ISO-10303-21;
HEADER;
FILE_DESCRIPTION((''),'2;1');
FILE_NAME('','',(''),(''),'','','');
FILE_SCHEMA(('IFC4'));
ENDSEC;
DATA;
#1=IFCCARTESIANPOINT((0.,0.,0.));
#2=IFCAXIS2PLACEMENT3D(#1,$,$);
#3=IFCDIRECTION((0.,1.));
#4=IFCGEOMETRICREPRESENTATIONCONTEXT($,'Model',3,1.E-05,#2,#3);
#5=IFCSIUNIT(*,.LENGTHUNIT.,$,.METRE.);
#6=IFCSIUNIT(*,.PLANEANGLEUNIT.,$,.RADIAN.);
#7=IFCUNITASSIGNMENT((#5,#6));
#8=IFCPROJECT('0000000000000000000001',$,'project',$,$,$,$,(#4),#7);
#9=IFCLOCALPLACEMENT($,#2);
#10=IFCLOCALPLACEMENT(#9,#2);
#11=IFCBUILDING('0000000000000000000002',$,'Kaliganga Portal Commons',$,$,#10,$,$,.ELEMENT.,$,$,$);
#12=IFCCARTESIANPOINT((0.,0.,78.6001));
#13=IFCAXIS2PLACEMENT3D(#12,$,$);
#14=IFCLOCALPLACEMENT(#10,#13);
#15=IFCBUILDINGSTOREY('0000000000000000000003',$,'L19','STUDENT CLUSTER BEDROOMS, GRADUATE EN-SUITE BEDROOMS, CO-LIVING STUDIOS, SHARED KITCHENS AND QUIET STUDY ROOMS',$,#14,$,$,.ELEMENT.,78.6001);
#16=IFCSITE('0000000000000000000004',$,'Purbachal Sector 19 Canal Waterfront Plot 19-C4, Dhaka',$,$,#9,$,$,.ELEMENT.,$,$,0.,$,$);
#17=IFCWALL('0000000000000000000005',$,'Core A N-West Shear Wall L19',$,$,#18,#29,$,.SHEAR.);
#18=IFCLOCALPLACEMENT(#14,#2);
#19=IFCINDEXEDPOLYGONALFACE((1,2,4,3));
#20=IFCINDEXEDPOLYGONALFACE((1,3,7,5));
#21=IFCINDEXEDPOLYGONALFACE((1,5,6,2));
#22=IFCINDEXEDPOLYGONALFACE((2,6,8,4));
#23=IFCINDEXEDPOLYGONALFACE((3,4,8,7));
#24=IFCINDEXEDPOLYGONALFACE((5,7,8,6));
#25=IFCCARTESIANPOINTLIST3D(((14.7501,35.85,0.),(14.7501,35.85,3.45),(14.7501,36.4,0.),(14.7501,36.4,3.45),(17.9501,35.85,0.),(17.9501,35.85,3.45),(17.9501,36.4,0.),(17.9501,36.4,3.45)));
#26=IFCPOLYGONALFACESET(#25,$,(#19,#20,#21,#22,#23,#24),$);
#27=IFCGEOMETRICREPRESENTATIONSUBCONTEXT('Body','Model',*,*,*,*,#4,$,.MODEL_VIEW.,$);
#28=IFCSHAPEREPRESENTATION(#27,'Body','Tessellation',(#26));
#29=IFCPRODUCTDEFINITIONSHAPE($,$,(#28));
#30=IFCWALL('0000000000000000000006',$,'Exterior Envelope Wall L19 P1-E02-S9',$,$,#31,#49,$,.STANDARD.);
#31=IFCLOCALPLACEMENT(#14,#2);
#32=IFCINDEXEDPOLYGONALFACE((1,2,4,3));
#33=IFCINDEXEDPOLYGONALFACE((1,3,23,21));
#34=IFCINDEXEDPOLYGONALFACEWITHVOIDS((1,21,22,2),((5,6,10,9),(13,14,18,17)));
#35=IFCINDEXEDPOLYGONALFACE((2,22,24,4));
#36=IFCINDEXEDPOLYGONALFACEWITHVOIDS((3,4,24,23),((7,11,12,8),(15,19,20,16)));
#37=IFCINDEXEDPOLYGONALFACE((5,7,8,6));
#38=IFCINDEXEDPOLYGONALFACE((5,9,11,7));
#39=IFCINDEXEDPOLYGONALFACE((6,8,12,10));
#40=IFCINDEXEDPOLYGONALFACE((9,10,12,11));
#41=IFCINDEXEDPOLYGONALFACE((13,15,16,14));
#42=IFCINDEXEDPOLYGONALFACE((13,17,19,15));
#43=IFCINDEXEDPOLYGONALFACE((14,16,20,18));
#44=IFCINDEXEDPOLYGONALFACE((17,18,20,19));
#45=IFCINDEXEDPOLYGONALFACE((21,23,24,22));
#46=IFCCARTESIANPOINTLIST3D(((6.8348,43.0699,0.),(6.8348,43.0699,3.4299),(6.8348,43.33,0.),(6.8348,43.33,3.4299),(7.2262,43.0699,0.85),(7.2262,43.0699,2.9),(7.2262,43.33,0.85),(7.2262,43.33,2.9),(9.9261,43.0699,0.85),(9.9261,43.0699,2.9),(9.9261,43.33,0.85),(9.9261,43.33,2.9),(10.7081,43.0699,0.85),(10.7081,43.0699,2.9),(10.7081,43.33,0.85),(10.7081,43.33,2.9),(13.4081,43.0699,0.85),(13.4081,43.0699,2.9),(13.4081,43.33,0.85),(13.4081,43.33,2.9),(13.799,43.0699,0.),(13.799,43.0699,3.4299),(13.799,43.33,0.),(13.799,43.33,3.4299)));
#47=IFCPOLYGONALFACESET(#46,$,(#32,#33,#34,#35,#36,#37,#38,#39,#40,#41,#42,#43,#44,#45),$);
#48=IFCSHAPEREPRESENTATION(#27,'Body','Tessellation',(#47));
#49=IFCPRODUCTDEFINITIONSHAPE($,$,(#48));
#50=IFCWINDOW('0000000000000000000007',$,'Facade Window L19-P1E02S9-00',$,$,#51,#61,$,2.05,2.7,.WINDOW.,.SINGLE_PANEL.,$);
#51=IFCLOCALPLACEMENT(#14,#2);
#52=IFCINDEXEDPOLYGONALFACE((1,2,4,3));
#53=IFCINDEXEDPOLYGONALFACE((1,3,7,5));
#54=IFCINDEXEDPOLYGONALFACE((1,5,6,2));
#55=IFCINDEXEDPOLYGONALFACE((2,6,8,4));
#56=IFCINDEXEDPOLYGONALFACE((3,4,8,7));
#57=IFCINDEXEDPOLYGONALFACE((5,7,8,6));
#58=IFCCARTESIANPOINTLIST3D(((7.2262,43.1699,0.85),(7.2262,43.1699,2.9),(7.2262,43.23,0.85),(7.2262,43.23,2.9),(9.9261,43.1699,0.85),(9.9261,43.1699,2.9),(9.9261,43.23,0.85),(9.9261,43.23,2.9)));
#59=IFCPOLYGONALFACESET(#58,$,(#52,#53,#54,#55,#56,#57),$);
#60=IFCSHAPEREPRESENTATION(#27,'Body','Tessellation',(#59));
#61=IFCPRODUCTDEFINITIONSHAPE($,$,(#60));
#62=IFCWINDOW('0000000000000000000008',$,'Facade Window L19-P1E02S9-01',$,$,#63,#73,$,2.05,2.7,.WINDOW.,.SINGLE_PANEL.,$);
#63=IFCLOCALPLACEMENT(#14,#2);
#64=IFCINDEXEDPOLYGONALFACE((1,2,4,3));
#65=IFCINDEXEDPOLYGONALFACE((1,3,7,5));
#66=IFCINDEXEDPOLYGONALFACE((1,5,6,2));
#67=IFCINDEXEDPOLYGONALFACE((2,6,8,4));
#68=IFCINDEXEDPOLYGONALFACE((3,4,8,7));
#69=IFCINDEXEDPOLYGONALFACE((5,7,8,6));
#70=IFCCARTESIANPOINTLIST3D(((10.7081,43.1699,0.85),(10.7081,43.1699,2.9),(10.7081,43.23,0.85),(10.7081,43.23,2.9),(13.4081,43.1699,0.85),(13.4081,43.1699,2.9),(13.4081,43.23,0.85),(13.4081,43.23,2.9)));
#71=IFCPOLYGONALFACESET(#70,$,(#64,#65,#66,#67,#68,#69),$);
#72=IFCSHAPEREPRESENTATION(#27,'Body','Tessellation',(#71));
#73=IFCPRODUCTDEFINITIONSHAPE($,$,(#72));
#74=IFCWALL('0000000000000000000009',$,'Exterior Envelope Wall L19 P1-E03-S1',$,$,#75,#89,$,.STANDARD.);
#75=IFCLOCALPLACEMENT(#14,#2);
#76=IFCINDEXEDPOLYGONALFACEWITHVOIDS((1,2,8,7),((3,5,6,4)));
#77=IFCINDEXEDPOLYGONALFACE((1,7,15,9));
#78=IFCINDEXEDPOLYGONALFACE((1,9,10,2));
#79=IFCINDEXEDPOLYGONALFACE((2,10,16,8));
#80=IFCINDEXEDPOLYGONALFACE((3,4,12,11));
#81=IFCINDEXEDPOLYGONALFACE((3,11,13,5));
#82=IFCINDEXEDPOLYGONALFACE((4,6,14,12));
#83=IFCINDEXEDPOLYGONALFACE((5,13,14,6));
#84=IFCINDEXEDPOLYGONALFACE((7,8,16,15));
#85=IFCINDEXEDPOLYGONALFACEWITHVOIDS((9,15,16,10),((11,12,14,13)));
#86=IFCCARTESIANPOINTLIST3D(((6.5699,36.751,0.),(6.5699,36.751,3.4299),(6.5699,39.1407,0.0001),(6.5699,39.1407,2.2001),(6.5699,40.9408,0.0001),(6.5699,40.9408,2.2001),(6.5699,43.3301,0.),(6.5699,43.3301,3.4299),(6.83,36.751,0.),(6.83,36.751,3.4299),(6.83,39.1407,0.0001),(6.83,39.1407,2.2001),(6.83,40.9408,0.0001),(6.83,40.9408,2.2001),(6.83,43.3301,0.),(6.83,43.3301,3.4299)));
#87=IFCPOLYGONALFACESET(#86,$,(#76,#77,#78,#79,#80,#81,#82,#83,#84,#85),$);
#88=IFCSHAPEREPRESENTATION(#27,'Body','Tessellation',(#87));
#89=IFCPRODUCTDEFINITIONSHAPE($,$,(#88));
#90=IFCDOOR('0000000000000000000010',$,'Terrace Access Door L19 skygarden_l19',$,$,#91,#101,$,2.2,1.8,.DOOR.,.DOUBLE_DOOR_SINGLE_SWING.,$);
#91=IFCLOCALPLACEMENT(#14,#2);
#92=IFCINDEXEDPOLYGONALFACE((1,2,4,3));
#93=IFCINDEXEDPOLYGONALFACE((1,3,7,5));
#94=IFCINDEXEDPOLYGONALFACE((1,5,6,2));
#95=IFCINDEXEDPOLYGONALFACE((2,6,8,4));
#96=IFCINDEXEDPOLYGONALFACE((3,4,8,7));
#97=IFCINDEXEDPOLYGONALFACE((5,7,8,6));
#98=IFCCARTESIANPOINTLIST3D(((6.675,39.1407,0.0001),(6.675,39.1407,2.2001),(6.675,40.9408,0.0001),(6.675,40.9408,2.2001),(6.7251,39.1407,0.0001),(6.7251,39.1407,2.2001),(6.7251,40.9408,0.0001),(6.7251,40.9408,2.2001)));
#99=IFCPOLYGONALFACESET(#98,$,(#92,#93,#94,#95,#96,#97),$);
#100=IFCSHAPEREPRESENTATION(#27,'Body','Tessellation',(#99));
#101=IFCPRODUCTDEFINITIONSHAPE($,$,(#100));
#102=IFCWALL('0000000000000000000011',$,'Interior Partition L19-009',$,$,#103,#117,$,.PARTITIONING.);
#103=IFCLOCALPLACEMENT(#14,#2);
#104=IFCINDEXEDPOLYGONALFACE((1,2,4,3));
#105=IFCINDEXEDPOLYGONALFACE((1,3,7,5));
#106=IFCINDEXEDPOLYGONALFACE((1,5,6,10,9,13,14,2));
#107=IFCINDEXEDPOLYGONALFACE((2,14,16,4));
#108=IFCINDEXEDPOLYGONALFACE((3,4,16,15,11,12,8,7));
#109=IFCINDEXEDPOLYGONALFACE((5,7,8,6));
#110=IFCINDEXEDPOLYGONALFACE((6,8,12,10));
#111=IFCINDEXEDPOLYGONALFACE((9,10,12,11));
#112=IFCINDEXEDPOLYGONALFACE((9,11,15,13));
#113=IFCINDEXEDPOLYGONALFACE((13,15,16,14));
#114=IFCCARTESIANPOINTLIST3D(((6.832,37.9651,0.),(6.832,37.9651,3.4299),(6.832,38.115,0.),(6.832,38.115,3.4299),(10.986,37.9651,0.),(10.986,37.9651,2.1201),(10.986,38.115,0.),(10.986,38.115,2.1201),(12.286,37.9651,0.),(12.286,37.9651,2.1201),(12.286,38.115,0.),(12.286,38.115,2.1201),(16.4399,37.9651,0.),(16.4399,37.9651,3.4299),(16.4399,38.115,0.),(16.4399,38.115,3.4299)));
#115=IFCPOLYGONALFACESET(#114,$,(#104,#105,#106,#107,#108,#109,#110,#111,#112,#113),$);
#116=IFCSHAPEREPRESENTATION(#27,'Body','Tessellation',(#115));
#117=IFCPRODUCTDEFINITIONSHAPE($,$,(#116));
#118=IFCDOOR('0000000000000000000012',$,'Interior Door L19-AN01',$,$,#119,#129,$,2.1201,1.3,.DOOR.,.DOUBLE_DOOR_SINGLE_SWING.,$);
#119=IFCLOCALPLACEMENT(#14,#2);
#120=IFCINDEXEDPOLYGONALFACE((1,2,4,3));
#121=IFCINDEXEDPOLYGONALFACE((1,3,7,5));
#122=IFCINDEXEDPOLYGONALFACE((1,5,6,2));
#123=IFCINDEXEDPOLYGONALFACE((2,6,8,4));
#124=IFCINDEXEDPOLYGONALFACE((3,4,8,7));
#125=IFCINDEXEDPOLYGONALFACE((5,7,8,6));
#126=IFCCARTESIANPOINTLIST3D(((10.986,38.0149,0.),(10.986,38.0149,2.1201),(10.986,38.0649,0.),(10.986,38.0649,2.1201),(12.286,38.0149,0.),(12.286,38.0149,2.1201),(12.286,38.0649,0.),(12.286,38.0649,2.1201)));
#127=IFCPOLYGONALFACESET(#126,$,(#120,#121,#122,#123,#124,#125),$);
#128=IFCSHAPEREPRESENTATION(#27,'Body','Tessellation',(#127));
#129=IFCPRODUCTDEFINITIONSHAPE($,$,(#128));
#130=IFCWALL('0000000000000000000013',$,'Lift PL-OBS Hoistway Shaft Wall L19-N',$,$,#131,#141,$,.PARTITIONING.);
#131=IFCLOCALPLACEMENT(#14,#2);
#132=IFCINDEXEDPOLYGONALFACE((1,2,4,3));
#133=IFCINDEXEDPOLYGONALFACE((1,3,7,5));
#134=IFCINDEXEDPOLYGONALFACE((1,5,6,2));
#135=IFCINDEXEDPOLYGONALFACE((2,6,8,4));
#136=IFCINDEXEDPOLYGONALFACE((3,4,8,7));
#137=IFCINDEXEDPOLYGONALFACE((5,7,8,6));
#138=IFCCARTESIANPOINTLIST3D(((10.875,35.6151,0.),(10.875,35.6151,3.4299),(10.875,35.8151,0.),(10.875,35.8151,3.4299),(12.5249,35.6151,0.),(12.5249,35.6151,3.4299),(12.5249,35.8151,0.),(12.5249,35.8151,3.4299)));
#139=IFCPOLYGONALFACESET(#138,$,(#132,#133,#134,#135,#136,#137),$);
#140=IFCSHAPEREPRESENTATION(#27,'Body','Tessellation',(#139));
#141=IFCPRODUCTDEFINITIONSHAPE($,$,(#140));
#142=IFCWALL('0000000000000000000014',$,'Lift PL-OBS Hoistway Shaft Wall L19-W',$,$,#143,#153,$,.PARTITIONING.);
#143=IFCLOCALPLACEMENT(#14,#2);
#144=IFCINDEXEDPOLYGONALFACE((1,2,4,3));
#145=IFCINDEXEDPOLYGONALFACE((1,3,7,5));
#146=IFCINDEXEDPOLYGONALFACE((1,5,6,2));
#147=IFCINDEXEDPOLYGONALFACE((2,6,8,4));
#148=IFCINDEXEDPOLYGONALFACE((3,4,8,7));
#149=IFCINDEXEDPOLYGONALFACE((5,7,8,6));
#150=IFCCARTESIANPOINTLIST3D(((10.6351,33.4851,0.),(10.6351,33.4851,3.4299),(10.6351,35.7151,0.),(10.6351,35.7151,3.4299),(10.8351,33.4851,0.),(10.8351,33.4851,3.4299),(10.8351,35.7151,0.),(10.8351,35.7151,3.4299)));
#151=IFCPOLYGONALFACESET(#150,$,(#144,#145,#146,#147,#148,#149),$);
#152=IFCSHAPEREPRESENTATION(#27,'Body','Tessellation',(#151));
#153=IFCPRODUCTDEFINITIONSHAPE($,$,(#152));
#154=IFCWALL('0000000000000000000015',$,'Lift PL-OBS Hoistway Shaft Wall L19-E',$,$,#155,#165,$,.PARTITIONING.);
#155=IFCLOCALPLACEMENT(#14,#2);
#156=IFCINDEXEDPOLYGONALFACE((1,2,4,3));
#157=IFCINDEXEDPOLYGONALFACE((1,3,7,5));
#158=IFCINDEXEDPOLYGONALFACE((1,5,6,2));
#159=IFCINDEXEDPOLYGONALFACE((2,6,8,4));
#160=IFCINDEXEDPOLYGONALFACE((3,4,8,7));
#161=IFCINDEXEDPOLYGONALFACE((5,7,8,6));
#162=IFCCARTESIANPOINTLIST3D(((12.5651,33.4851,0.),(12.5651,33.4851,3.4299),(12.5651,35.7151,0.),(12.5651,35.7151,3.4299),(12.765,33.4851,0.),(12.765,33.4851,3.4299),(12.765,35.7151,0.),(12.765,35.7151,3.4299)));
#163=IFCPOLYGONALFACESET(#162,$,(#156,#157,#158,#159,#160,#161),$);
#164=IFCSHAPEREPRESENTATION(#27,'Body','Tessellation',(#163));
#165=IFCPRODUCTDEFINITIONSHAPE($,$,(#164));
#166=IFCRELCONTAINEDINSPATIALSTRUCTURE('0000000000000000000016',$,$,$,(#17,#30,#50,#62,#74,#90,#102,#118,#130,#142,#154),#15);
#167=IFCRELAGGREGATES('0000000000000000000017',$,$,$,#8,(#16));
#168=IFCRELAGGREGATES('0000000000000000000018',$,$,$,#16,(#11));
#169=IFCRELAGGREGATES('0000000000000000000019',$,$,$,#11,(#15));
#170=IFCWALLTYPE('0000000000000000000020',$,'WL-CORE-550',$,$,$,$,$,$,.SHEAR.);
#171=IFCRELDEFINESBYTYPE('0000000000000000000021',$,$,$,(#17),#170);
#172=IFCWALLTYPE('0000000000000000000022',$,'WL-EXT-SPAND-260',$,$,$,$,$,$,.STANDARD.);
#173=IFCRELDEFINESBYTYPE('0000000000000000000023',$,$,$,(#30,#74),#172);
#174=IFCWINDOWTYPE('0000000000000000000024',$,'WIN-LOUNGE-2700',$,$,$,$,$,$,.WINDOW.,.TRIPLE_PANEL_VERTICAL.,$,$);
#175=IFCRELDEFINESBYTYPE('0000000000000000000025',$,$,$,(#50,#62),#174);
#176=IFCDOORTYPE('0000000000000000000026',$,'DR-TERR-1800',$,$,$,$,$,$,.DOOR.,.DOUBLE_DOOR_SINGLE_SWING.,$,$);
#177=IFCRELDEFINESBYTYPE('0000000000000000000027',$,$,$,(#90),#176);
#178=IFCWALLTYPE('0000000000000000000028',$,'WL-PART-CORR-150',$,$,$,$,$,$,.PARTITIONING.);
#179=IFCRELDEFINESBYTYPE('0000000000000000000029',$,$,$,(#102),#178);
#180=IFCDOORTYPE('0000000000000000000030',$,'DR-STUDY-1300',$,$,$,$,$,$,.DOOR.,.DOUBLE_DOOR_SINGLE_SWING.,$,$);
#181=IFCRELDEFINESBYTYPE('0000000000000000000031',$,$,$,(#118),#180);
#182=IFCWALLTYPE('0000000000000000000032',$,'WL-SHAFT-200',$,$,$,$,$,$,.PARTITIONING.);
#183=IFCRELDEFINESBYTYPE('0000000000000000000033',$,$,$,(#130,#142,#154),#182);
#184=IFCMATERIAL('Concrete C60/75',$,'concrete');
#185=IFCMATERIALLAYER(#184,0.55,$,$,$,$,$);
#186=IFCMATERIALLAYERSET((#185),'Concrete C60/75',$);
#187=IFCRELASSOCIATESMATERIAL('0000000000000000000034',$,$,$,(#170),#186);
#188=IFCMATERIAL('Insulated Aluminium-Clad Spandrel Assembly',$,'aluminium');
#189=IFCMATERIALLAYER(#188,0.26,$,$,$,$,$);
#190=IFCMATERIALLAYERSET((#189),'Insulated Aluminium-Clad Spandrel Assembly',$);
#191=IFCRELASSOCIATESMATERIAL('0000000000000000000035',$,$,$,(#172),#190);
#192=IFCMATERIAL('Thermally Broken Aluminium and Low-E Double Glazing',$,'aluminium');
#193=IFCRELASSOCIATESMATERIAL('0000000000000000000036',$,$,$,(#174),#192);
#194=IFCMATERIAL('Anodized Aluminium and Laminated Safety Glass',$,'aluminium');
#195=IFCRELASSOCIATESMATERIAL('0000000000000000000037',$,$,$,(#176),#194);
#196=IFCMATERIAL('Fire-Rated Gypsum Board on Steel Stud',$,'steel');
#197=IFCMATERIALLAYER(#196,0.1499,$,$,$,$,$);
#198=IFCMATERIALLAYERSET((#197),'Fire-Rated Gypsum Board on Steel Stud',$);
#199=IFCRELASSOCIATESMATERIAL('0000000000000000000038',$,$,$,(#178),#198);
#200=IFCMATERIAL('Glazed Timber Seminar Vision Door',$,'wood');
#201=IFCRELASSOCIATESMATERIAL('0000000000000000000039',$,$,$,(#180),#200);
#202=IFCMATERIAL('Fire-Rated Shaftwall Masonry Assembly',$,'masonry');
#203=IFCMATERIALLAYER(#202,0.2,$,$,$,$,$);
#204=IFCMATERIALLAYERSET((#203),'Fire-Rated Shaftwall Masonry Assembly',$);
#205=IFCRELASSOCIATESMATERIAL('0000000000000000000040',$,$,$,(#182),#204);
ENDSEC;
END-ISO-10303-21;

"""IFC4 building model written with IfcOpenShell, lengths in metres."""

from ifc_helpers import new_model, si_unit, direction, frame, frame_2d, origin, place, context, subcontext, project, spatial, rectangle, extrude, material, layer, layer_set, type_object, element, fill, save


model = new_model("IFC4")

# Units and contexts
model_context = context("Model", 3, precision=1e-05, world=origin(), true_north=direction((0.0, 1.0)))
body_context = subcontext(model_context, "Body", "Model", "MODEL_VIEW")
ifc_project = project(units=[si_unit("LENGTHUNIT", "METRE"), si_unit("PLANEANGLEUNIT", "RADIAN")], contexts=[model_context])

# Site, building, storey
site_placement = place(None, origin())
site = spatial("IfcSite", under=ifc_project, at=site_placement, Name="Purbachal Sector 19 Canal Waterfront Plot 19-C4, Dhaka", CompositionType="ELEMENT", RefElevation=0.0)
building_placement = place(site_placement, origin())
building = spatial("IfcBuilding", under=site, at=building_placement, Name="Kaliganga Portal Commons", CompositionType="ELEMENT")
storey_placement = place(building_placement, frame((0.0, 0.0, 78.6001)))
storey = spatial("IfcBuildingStorey", under=building, at=storey_placement, Name="L19", Description="STUDENT CLUSTER BEDROOMS, GRADUATE EN-SUITE BEDROOMS, CO-LIVING STUDIOS, SHARED KITCHENS AND QUIET STUDY ROOMS", CompositionType="ELEMENT", Elevation=78.6001)

# Shared definitions
ifc_material_1 = material(Name="Concrete C60/75", Category="concrete")

# Wall
ifc_layer_1 = layer(ifc_material_1, 0.55)
ifc_layer_set_1 = layer_set([ifc_layer_1], Name="Concrete C60/75")
wall_type_1 = type_object("IfcWallType", Name="WL-CORE-550", PredefinedType="SHEAR", material=ifc_layer_set_1)
wall_1_placement = place(storey_placement, frame((14.75, 36.125, 0.0), z_axis=(0.0, 0.0, 1.0), x_axis=(1.0, 0.0, 0.0)))
element("IfcWall", 1, at=wall_1_placement, inside=storey, type_object=wall_type_1, Name="Core A N-West Shear Wall L19", PredefinedType="SHEAR", context=body_context, shape_type="SweptSolid", body=[
    extrude(rectangle(XDim=3.2, YDim=0.55, at=frame_2d((1.6001, 0.0))), origin(), (0.0, 0.0, 1.0), 3.45),
])

# Wall, openings, windows
ifc_material_2 = material(Name="Insulated Aluminium-Clad Spandrel Assembly", Category="aluminium")
ifc_layer_2 = layer(ifc_material_2, 0.26)
ifc_layer_set_2 = layer_set([ifc_layer_2], Name="Insulated Aluminium-Clad Spandrel Assembly")
wall_type_2 = type_object("IfcWallType", Name="WL-EXT-SPAND-260", PredefinedType="STANDARD", material=ifc_layer_set_2)
wall_2_placement = place(storey_placement, frame((6.835, 43.2, 0.0), z_axis=(0.0, 0.0, 1.0), x_axis=(1.0, 0.0, 0.0)))
wall_2 = element("IfcWall", 2, at=wall_2_placement, inside=storey, type_object=wall_type_2, Name="Exterior Envelope Wall L19 P1-E02-S9", PredefinedType="STANDARD", context=body_context, shape_type="SweptSolid", body=[
    extrude(rectangle(XDim=6.9641, YDim=0.26, at=frame_2d((3.4819, 0.0))), origin(), (0.0, 0.0, 1.0), 3.4299),
])
opening_1_placement = place(wall_2_placement, frame((0.3911, 0.0, 0.8501)))
opening_1 = element("IfcOpeningElement", 3, at=opening_1_placement, cuts=wall_2, PredefinedType="OPENING", context=body_context, shape_type="SweptSolid", body=[
    extrude(rectangle(XDim=2.7, YDim=2.05, at=frame_2d((1.3501, 1.0249))), frame((0.0, 0.1401, 0.0), z_axis=(0.0, -1.0, 0.0), x_axis=(1.0, 0.0, 0.0)), (0.0, 0.0, 1.0), 0.28),
])
opening_2_placement = place(wall_2_placement, frame((3.873, 0.0, 0.8501)))
opening_2 = element("IfcOpeningElement", 4, at=opening_2_placement, cuts=wall_2, PredefinedType="OPENING", context=body_context, shape_type="SweptSolid", body=[
    extrude(rectangle(XDim=2.7, YDim=2.05, at=frame_2d((1.3501, 1.0249))), frame((0.0, 0.1401, 0.0), z_axis=(0.0, -1.0, 0.0), x_axis=(1.0, 0.0, 0.0)), (0.0, 0.0, 1.0), 0.28),
])
ifc_material_3 = material(Name="Thermally Broken Aluminium and Low-E Double Glazing", Category="aluminium")
window_type = type_object("IfcWindowType", Name="WIN-LOUNGE-2700", PartitioningType="TRIPLE_PANEL_VERTICAL", PredefinedType="WINDOW", material=ifc_material_3)
window_1_placement = place(opening_1_placement, origin())
window_1 = element("IfcWindow", 5, at=window_1_placement, inside=storey, type_object=window_type, Name="Facade Window L19-P1E02S9-00", OverallHeight=2.05, OverallWidth=2.7, PartitioningType="SINGLE_PANEL", PredefinedType="WINDOW", context=body_context, shape_type="SweptSolid", body=[
    extrude(rectangle(XDim=2.7, YDim=2.05, at=frame_2d((1.3501, 1.0249))), frame((0.0, 0.03, 0.0), z_axis=(0.0, -1.0, 0.0), x_axis=(1.0, 0.0, 0.0)), (0.0, 0.0, 1.0), 0.0601),
])
fill(opening_1, window_1)
window_2_placement = place(opening_2_placement, origin())
window_2 = element("IfcWindow", 6, at=window_2_placement, inside=storey, type_object=window_type, Name="Facade Window L19-P1E02S9-01", OverallHeight=2.05, OverallWidth=2.7, PartitioningType="SINGLE_PANEL", PredefinedType="WINDOW", context=body_context, shape_type="SweptSolid", body=[
    extrude(rectangle(XDim=2.7, YDim=2.05, at=frame_2d((1.3501, 1.0249))), frame((0.0, 0.03, 0.0), z_axis=(0.0, -1.0, 0.0), x_axis=(1.0, 0.0, 0.0)), (0.0, 0.0, 1.0), 0.0601),
])
fill(opening_2, window_2)

# Walls, openings, doors
wall_3_placement = place(storey_placement, frame((6.7, 36.751, 0.0), z_axis=(0.0, 0.0, 1.0), x_axis=(0.0, 1.0, 0.0)))
wall_3 = element("IfcWall", 7, at=wall_3_placement, inside=storey, type_object=wall_type_2, Name="Exterior Envelope Wall L19 P1-E03-S1", PredefinedType="STANDARD", context=body_context, shape_type="SweptSolid", body=[
    extrude(rectangle(XDim=6.5791, YDim=0.26, at=frame_2d((3.2896, 0.0))), origin(), (0.0, 0.0, 1.0), 3.4299),
])
opening_3_placement = place(wall_3_placement, frame((2.3899, 0.0, 0.0)))
opening_3 = element("IfcOpeningElement", 8, at=opening_3_placement, cuts=wall_3, PredefinedType="OPENING", context=body_context, shape_type="SweptSolid", body=[
    extrude(rectangle(XDim=1.8, YDim=2.2, at=frame_2d((0.8999, 1.1001))), frame((0.0, 0.1401, 0.0), z_axis=(0.0, -1.0, 0.0), x_axis=(1.0, 0.0, 0.0)), (0.0, 0.0, 1.0), 0.28),
])
ifc_material_4 = material(Name="Anodized Aluminium and Laminated Safety Glass", Category="aluminium")
door_type_1 = type_object("IfcDoorType", Name="DR-TERR-1800", OperationType="DOUBLE_DOOR_SINGLE_SWING", PredefinedType="DOOR", material=ifc_material_4)
door_1_placement = place(opening_3_placement, origin())
door_1 = element("IfcDoor", 9, at=door_1_placement, inside=storey, type_object=door_type_1, Name="Terrace Access Door L19 skygarden_l19", OperationType="DOUBLE_DOOR_SINGLE_SWING", OverallHeight=2.2, OverallWidth=1.8, PredefinedType="DOOR", context=body_context, shape_type="SweptSolid", body=[
    extrude(rectangle(XDim=1.8, YDim=2.2, at=frame_2d((0.8999, 1.1001))), frame((0.0, 0.0249, 0.0), z_axis=(0.0, -1.0, 0.0), x_axis=(1.0, 0.0, 0.0)), (0.0, 0.0, 1.0), 0.05),
])
fill(opening_3, door_1)
ifc_material_5 = material(Name="Fire-Rated Gypsum Board on Steel Stud", Category="steel")
ifc_layer_3 = layer(ifc_material_5, 0.1499)
ifc_layer_set_3 = layer_set([ifc_layer_3], Name="Fire-Rated Gypsum Board on Steel Stud")
wall_type_3 = type_object("IfcWallType", Name="WL-PART-CORR-150", PredefinedType="PARTITIONING", material=ifc_layer_set_3)
wall_4_placement = place(storey_placement, frame((6.832, 38.04, 0.0), z_axis=(0.0, 0.0, 1.0), x_axis=(1.0, 0.0, 0.0)))
wall_4 = element("IfcWall", 10, at=wall_4_placement, inside=storey, type_object=wall_type_3, Name="Interior Partition L19-009", PredefinedType="PARTITIONING", context=body_context, shape_type="SweptSolid", body=[
    extrude(rectangle(XDim=9.6079, YDim=0.1499, at=frame_2d((4.804, 0.0))), origin(), (0.0, 0.0, 1.0), 3.4299),
])
opening_4_placement = place(wall_4_placement, frame((4.1541, 0.0, 0.0)))
opening_4 = element("IfcOpeningElement", 11, at=opening_4_placement, cuts=wall_4, PredefinedType="OPENING", context=body_context, shape_type="SweptSolid", body=[
    extrude(rectangle(XDim=1.3, YDim=2.1201, at=frame_2d((0.6499, 1.0601))), frame((0.0, 0.085, 0.0), z_axis=(0.0, -1.0, 0.0), x_axis=(1.0, 0.0, 0.0)), (0.0, 0.0, 1.0), 0.1699),
])
ifc_material_6 = material(Name="Glazed Timber Seminar Vision Door", Category="wood")
door_type_2 = type_object("IfcDoorType", Name="DR-STUDY-1300", OperationType="DOUBLE_DOOR_SINGLE_SWING", PredefinedType="DOOR", material=ifc_material_6)
door_2_placement = place(opening_4_placement, origin())
door_2 = element("IfcDoor", 12, at=door_2_placement, inside=storey, type_object=door_type_2, Name="Interior Door L19-AN01", OperationType="DOUBLE_DOOR_SINGLE_SWING", OverallHeight=2.1201, OverallWidth=1.3, PredefinedType="DOOR", context=body_context, shape_type="SweptSolid", body=[
    extrude(rectangle(XDim=1.3, YDim=2.1201, at=frame_2d((0.6499, 1.0601))), frame((0.0, 0.0249, 0.0), z_axis=(0.0, -1.0, 0.0), x_axis=(1.0, 0.0, 0.0)), (0.0, 0.0, 1.0), 0.05),
])
fill(opening_4, door_2)
ifc_material_7 = material(Name="Fire-Rated Shaftwall Masonry Assembly", Category="masonry")
ifc_layer_4 = layer(ifc_material_7, 0.2)
ifc_layer_set_4 = layer_set([ifc_layer_4], Name="Fire-Rated Shaftwall Masonry Assembly")
wall_type_4 = type_object("IfcWallType", Name="WL-SHAFT-200", PredefinedType="PARTITIONING", material=ifc_layer_set_4)

# Walls
wall_5_placement = place(storey_placement, frame((10.875, 35.7151, 0.0), z_axis=(0.0, 0.0, 1.0), x_axis=(1.0, 0.0, 0.0)))
element("IfcWall", 13, at=wall_5_placement, inside=storey, type_object=wall_type_4, Name="Lift PL-OBS Hoistway Shaft Wall L19-N", PredefinedType="PARTITIONING", context=body_context, shape_type="SweptSolid", body=[
    extrude(rectangle(XDim=1.6499, YDim=0.2, at=frame_2d((0.825, 0.0))), origin(), (0.0, 0.0, 1.0), 3.4299),
])
for number, where, z_axis, x_axis, name in (
    (14, (10.7351, 33.4851, 0.0), (0.0, 0.0, 1.0), (0.0, 1.0, 0.0), "Lift PL-OBS Hoistway Shaft Wall L19-W"),
    (15, (12.665, 33.4851, 0.0), (0.0, 0.0, 1.0), (0.0, 1.0, 0.0), "Lift PL-OBS Hoistway Shaft Wall L19-E"),
):
    element("IfcWall", number, at=place(storey_placement, frame(where, z_axis=z_axis, x_axis=x_axis)), inside=storey, type_object=wall_type_4, Name=name, PredefinedType="PARTITIONING", context=body_context, shape_type="SweptSolid", body=[
        extrude(rectangle(XDim=2.23, YDim=0.2, at=frame_2d((1.115, 0.0))), origin(), (0.0, 0.0, 1.0), 3.4299),
    ])

save(model, "model.ifc")
